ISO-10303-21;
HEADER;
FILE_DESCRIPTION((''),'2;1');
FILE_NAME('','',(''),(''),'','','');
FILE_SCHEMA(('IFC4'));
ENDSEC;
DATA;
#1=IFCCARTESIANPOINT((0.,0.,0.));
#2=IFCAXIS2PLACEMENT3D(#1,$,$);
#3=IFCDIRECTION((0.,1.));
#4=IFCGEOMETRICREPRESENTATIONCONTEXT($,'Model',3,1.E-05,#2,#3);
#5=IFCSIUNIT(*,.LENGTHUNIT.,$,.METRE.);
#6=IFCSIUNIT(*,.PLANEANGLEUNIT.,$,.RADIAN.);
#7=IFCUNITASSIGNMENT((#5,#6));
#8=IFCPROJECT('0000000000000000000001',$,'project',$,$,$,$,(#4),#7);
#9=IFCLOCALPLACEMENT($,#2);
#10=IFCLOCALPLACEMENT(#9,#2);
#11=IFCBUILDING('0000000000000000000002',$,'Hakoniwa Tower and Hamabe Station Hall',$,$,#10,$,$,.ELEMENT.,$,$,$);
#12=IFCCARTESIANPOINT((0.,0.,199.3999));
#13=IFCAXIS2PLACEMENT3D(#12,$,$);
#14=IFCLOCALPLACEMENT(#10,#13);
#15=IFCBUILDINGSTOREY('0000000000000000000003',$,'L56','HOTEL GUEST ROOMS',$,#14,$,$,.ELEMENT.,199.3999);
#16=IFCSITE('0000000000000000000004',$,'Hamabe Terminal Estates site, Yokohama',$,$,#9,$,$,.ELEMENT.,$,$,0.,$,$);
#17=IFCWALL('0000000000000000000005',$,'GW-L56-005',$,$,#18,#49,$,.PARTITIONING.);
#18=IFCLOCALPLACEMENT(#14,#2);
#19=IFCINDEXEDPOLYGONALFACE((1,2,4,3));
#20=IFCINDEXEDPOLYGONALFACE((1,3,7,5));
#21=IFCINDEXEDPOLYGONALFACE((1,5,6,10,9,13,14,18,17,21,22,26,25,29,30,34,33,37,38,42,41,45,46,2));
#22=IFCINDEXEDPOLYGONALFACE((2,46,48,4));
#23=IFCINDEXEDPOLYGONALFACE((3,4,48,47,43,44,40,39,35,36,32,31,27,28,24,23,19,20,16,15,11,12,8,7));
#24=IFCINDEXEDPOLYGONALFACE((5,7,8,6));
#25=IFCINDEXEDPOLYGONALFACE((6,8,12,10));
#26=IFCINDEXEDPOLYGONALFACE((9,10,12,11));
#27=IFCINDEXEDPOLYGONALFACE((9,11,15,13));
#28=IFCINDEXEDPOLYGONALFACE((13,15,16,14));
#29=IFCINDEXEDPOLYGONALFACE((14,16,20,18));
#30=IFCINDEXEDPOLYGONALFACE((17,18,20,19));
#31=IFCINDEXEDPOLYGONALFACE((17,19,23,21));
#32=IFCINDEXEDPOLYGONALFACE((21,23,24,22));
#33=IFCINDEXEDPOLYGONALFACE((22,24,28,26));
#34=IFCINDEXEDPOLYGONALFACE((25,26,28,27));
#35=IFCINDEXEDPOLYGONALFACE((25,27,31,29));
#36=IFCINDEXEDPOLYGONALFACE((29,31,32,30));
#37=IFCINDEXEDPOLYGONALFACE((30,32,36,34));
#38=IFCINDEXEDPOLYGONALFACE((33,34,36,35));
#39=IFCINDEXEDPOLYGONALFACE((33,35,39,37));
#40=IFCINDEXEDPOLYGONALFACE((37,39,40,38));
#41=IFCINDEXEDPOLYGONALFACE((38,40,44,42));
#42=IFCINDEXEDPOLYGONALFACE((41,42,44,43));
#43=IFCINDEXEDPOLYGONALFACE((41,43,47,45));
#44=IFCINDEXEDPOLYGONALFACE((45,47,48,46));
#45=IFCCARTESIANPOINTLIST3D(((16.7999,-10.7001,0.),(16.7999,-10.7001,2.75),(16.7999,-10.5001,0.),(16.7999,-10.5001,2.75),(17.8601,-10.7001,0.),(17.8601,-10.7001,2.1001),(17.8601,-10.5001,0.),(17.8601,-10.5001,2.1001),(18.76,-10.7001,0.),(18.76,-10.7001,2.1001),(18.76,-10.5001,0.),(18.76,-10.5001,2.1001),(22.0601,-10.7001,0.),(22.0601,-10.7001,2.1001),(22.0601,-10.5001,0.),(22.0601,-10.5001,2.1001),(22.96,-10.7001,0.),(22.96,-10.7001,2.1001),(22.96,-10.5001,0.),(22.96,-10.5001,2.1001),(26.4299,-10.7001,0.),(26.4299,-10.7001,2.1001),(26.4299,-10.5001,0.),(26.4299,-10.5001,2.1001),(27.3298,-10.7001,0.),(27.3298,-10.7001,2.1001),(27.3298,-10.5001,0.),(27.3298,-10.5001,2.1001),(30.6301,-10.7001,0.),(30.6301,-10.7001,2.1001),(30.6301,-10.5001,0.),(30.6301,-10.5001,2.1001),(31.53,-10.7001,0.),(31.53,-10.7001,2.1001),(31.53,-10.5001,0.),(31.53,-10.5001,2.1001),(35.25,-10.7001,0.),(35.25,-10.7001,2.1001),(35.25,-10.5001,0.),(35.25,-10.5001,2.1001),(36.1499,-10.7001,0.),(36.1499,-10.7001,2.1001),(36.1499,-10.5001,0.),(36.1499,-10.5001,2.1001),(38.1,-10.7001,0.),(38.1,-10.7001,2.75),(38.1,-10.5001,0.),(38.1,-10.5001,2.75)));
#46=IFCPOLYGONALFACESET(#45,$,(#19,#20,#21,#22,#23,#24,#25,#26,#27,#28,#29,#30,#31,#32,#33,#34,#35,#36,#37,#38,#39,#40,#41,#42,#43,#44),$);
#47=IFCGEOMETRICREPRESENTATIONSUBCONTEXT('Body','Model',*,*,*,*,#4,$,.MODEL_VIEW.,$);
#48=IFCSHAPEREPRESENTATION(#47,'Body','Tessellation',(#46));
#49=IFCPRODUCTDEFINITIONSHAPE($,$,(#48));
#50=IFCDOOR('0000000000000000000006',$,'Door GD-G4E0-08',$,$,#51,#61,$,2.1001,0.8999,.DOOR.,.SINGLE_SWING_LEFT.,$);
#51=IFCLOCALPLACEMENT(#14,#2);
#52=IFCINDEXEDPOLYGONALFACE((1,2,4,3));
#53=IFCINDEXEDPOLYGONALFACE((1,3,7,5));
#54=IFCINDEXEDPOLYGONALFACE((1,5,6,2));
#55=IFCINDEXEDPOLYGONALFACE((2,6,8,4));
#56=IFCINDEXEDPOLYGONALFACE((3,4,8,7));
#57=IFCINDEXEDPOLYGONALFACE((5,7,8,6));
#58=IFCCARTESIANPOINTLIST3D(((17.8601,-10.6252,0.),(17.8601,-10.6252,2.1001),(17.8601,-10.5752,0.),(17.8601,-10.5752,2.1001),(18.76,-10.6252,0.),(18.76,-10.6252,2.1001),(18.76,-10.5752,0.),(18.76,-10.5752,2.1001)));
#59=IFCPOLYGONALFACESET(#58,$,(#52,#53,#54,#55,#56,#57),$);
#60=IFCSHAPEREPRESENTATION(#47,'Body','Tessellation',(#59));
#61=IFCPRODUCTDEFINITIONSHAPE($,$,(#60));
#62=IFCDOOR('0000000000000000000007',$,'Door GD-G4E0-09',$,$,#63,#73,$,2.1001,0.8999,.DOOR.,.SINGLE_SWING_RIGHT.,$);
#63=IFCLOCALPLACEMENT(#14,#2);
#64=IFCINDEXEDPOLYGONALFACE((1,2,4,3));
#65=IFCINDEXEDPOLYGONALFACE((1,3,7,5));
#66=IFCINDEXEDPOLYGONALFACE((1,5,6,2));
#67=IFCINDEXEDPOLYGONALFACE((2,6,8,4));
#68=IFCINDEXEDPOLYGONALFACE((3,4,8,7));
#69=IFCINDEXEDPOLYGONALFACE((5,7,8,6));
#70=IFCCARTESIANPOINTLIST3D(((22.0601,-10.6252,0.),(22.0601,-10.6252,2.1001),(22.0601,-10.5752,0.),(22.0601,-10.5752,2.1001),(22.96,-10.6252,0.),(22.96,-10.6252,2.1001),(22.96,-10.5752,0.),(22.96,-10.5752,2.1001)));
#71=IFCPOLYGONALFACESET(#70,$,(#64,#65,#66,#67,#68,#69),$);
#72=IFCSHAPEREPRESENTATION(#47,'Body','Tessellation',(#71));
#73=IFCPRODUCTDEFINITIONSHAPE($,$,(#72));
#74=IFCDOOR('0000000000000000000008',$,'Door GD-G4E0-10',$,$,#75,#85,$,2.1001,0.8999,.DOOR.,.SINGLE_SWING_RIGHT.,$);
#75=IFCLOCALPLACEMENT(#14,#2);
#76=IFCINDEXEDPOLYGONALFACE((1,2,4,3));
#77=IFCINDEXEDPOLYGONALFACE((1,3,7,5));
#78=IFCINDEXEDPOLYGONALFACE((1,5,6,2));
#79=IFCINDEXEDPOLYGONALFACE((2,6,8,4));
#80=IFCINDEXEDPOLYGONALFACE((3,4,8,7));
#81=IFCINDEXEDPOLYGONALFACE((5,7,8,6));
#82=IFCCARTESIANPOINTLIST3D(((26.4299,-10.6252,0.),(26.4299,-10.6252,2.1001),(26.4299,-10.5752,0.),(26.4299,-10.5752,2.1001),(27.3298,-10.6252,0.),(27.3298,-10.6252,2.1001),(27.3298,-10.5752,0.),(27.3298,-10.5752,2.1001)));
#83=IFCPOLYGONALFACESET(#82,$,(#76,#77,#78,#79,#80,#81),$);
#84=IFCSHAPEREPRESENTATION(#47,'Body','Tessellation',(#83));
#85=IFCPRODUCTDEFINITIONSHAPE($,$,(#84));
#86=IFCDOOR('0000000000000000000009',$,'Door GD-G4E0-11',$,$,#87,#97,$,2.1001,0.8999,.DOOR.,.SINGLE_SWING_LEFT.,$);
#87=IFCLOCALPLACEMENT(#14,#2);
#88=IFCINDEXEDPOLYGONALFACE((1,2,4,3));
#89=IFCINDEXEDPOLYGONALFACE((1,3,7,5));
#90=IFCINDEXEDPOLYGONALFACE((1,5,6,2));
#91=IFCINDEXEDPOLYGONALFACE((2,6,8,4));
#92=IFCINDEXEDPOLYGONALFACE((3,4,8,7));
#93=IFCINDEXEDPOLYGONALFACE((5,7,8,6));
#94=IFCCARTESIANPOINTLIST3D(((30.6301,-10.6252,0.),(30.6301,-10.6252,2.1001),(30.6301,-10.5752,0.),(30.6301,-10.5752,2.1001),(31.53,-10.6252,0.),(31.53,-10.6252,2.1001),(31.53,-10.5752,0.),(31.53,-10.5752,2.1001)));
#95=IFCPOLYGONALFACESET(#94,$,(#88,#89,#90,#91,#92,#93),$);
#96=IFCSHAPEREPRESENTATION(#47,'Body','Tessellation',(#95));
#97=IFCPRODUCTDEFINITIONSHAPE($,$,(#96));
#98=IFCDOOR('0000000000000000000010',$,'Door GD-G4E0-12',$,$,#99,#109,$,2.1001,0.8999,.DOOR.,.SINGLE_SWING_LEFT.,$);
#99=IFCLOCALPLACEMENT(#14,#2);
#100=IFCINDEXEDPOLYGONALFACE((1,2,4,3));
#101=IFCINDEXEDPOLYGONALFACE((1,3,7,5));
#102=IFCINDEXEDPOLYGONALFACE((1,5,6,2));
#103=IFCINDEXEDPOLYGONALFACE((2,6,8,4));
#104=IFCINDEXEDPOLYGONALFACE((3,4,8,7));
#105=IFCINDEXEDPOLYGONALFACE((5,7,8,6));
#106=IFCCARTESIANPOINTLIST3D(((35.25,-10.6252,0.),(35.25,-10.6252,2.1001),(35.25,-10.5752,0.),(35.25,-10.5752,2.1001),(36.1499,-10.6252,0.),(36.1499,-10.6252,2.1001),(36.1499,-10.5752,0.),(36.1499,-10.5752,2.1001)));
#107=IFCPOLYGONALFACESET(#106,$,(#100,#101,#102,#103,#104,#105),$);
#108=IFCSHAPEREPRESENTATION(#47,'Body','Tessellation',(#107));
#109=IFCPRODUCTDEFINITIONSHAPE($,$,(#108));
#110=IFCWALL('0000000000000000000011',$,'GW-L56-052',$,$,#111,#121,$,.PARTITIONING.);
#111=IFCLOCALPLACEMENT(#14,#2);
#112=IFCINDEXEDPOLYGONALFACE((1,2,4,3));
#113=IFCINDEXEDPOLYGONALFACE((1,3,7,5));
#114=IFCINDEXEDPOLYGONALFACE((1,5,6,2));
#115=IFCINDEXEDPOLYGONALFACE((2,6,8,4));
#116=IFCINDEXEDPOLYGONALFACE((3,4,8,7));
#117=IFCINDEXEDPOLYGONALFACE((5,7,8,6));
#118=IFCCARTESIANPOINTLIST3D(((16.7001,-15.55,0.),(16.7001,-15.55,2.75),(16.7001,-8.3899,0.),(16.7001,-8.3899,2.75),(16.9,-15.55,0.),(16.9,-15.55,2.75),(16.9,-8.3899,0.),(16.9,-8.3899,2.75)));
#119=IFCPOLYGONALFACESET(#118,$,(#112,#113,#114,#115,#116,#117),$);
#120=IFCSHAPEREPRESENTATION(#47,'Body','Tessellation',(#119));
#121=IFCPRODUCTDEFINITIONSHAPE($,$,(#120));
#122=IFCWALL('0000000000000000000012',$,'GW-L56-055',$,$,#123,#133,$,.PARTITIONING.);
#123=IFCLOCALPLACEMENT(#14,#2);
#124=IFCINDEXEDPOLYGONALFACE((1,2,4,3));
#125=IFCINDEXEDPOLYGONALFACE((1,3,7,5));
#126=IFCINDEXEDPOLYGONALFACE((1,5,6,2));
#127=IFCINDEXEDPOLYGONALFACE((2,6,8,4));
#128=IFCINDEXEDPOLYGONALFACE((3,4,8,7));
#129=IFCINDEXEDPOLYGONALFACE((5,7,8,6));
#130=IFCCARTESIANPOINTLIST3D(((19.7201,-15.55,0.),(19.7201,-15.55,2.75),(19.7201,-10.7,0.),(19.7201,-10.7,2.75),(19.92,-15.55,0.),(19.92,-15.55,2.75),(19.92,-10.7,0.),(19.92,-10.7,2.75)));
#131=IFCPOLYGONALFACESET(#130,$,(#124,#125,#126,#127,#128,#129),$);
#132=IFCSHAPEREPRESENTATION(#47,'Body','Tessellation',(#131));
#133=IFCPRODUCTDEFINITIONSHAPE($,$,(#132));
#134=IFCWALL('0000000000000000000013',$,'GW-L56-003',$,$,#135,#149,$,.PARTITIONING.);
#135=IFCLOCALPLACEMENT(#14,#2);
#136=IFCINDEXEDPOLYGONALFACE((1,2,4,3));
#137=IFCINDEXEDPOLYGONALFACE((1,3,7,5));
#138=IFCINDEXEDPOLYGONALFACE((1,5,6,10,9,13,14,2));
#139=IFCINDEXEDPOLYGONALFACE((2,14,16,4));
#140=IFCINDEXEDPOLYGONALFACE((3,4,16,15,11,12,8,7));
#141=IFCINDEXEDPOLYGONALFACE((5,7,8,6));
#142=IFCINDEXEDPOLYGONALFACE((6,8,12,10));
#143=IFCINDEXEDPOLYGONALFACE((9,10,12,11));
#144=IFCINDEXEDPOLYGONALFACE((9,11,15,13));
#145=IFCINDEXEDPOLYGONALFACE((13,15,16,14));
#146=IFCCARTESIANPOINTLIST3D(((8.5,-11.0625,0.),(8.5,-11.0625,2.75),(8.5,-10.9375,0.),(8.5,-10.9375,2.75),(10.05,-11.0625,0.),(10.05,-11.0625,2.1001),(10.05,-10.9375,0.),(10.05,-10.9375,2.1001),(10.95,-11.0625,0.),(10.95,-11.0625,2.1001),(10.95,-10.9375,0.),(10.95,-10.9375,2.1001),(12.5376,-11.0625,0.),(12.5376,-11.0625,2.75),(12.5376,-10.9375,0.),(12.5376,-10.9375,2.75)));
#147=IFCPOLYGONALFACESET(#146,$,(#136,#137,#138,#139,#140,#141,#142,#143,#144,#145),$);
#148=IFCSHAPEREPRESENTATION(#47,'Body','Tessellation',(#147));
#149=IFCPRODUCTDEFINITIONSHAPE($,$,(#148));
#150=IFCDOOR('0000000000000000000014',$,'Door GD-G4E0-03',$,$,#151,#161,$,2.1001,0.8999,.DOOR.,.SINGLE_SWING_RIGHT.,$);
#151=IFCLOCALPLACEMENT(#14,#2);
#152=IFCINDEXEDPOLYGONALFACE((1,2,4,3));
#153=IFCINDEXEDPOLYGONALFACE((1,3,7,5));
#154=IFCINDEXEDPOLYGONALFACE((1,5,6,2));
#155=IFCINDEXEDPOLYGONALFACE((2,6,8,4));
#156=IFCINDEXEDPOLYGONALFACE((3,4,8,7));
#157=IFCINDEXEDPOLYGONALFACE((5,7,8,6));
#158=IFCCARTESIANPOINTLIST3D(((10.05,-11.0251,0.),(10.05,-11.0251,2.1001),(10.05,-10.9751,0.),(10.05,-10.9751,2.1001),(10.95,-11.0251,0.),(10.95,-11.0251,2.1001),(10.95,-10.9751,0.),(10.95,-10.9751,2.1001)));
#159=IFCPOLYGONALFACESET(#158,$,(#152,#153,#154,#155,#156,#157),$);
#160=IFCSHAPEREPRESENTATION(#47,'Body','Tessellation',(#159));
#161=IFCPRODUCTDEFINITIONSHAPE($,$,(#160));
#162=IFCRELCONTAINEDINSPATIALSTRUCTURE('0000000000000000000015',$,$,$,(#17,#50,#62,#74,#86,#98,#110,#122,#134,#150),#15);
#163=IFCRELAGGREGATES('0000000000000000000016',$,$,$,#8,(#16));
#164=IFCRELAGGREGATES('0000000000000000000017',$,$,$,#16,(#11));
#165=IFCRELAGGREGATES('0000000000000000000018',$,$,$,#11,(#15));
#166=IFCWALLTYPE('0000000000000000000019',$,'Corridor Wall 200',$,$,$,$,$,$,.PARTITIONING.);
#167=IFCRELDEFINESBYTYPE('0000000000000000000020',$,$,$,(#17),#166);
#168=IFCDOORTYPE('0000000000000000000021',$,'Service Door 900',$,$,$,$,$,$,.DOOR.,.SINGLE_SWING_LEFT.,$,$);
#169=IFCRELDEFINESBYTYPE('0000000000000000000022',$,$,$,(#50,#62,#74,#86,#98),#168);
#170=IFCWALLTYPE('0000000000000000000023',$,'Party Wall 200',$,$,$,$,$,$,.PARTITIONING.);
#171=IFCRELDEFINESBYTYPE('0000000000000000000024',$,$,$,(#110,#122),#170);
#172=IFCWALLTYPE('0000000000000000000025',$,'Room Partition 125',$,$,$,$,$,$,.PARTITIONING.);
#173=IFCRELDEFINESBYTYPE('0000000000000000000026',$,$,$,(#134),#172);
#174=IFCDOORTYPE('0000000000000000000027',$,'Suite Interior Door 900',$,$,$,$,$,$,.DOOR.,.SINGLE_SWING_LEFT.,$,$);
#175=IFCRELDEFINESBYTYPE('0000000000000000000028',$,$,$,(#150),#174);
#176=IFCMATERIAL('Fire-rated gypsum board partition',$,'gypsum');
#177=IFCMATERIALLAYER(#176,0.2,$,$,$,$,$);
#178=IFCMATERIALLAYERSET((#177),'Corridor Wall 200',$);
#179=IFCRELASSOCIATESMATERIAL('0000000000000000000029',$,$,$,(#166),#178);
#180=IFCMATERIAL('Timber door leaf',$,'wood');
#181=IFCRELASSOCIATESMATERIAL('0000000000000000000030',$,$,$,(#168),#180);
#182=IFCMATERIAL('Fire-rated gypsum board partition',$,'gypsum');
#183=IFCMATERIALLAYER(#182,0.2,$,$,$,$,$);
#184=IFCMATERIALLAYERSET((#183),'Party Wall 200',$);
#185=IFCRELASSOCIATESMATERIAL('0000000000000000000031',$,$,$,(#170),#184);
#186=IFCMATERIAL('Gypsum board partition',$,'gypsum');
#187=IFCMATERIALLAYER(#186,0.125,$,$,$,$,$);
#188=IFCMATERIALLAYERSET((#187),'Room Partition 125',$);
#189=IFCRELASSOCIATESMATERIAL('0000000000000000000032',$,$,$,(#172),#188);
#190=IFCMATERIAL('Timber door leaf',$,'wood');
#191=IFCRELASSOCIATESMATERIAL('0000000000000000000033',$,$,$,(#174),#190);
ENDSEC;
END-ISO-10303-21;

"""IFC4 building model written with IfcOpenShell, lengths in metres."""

from ifc_helpers import new_model, si_unit, direction, frame, frame_2d, origin, place, context, subcontext, project, spatial, rectangle, extrude, material, layer, layer_set, type_object, element, fill, save


model = new_model("IFC4")

# Units and contexts
model_context = context("Model", 3, precision=1e-05, world=origin(), true_north=direction((0.0, 1.0)))
body_context = subcontext(model_context, "Body", "Model", "MODEL_VIEW")
ifc_project = project(units=[si_unit("LENGTHUNIT", "METRE"), si_unit("PLANEANGLEUNIT", "RADIAN")], contexts=[model_context])

# Site, building, storey
site_placement = place(None, origin())
site = spatial("IfcSite", under=ifc_project, at=site_placement, Name="Hamabe Terminal Estates site, Yokohama", CompositionType="ELEMENT", RefElevation=0.0)
building_placement = place(site_placement, origin())
building = spatial("IfcBuilding", under=site, at=building_placement, Name="Hakoniwa Tower and Hamabe Station Hall", CompositionType="ELEMENT")
storey_placement = place(building_placement, frame((0.0, 0.0, 199.3999)))
storey = spatial("IfcBuildingStorey", under=building, at=storey_placement, Name="L56", Description="HOTEL GUEST ROOMS", CompositionType="ELEMENT", Elevation=199.3999)

# Wall, openings, doors
ifc_material_1 = material(Name="Fire-rated gypsum board partition", Category="gypsum")
ifc_layer_1 = layer(ifc_material_1, 0.2)
ifc_layer_set_1 = layer_set([ifc_layer_1], Name="Corridor Wall 200")
wall_type_1 = type_object("IfcWallType", Name="Corridor Wall 200", PredefinedType="PARTITIONING", material=ifc_layer_set_1)
wall_1_placement = place(storey_placement, frame((16.8, -10.6001, 0.0), z_axis=(0.0, 0.0, 1.0), x_axis=(1.0, 0.0, 0.0)))
wall_1 = element("IfcWall", 1, at=wall_1_placement, inside=storey, type_object=wall_type_1, Name="GW-L56-005", PredefinedType="PARTITIONING", context=body_context, shape_type="SweptSolid", body=[
    extrude(rectangle(XDim=21.3, YDim=0.2, at=frame_2d((10.6499, 0.0))), origin(), (0.0, 0.0, 1.0), 2.75),
])
opening_1_placement = place(wall_1_placement, frame((1.0601, 0.0, 0.0)))
opening_1 = element("IfcOpeningElement", 2, at=opening_1_placement, cuts=wall_1, PredefinedType="OPENING", context=body_context, shape_type="SweptSolid", body=[
    extrude(rectangle(XDim=0.8999, YDim=2.1001, at=frame_2d((0.45, 1.05))), frame((0.0, 0.1099, 0.0), z_axis=(0.0, -1.0, 0.0), x_axis=(1.0, 0.0, 0.0)), (0.0, 0.0, 1.0), 0.22),
])
opening_2_placement = place(wall_1_placement, frame((5.26, 0.0, 0.0)))
opening_2 = element("IfcOpeningElement", 3, at=opening_2_placement, cuts=wall_1, PredefinedType="OPENING", context=body_context, shape_type="SweptSolid", body=[
    extrude(rectangle(XDim=0.8999, YDim=2.1001, at=frame_2d((0.45, 1.05))), frame((0.0, 0.1099, 0.0), z_axis=(0.0, -1.0, 0.0), x_axis=(1.0, 0.0, 0.0)), (0.0, 0.0, 1.0), 0.22),
])
opening_3_placement = place(wall_1_placement, frame((9.6299, 0.0, 0.0)))
opening_3 = element("IfcOpeningElement", 4, at=opening_3_placement, cuts=wall_1, PredefinedType="OPENING", context=body_context, shape_type="SweptSolid", body=[
    extrude(rectangle(XDim=0.8999, YDim=2.1001, at=frame_2d((0.45, 1.05))), frame((0.0, 0.1099, 0.0), z_axis=(0.0, -1.0, 0.0), x_axis=(1.0, 0.0, 0.0)), (0.0, 0.0, 1.0), 0.22),
])
opening_4_placement = place(wall_1_placement, frame((13.8301, 0.0, 0.0)))
opening_4 = element("IfcOpeningElement", 5, at=opening_4_placement, cuts=wall_1, PredefinedType="OPENING", context=body_context, shape_type="SweptSolid", body=[
    extrude(rectangle(XDim=0.8999, YDim=2.1001, at=frame_2d((0.45, 1.05))), frame((0.0, 0.1099, 0.0), z_axis=(0.0, -1.0, 0.0), x_axis=(1.0, 0.0, 0.0)), (0.0, 0.0, 1.0), 0.22),
])
opening_5_placement = place(wall_1_placement, frame((18.45, 0.0, 0.0)))
opening_5 = element("IfcOpeningElement", 6, at=opening_5_placement, cuts=wall_1, PredefinedType="OPENING", context=body_context, shape_type="SweptSolid", body=[
    extrude(rectangle(XDim=0.8999, YDim=2.1001, at=frame_2d((0.45, 1.05))), frame((0.0, 0.1099, 0.0), z_axis=(0.0, -1.0, 0.0), x_axis=(1.0, 0.0, 0.0)), (0.0, 0.0, 1.0), 0.22),
])
ifc_material_2 = material(Name="Timber door leaf", Category="wood")
door_type_1 = type_object("IfcDoorType", Name="Service Door 900", OperationType="SINGLE_SWING_LEFT", PredefinedType="DOOR", material=ifc_material_2)
door_1_placement = place(opening_1_placement, origin())
door_1 = element("IfcDoor", 7, at=door_1_placement, inside=storey, type_object=door_type_1, Name="Door GD-G4E0-08", OperationType="SINGLE_SWING_LEFT", OverallHeight=2.1001, OverallWidth=0.8999, PredefinedType="DOOR", context=body_context, shape_type="SweptSolid", body=[
    extrude(rectangle(XDim=0.8999, YDim=2.1001, at=frame_2d((0.45, 1.05))), frame((0.0, 0.0249, 0.0), z_axis=(0.0, -1.0, 0.0), x_axis=(1.0, 0.0, 0.0)), (0.0, 0.0, 1.0), 0.05),
])
fill(opening_1, door_1)
door_2_placement = place(opening_2_placement, origin())
door_2 = element("IfcDoor", 8, at=door_2_placement, inside=storey, type_object=door_type_1, Name="Door GD-G4E0-09", OperationType="SINGLE_SWING_RIGHT", OverallHeight=2.1001, OverallWidth=0.8999, PredefinedType="DOOR", context=body_context, shape_type="SweptSolid", body=[
    extrude(rectangle(XDim=0.8999, YDim=2.1001, at=frame_2d((0.45, 1.05))), frame((0.0, 0.0249, 0.0), z_axis=(0.0, -1.0, 0.0), x_axis=(1.0, 0.0, 0.0)), (0.0, 0.0, 1.0), 0.05),
])
fill(opening_2, door_2)
door_3_placement = place(opening_3_placement, origin())
door_3 = element("IfcDoor", 9, at=door_3_placement, inside=storey, type_object=door_type_1, Name="Door GD-G4E0-10", OperationType="SINGLE_SWING_RIGHT", OverallHeight=2.1001, OverallWidth=0.8999, PredefinedType="DOOR", context=body_context, shape_type="SweptSolid", body=[
    extrude(rectangle(XDim=0.8999, YDim=2.1001, at=frame_2d((0.45, 1.05))), frame((0.0, 0.0249, 0.0), z_axis=(0.0, -1.0, 0.0), x_axis=(1.0, 0.0, 0.0)), (0.0, 0.0, 1.0), 0.05),
])
fill(opening_3, door_3)
door_4_placement = place(opening_4_placement, origin())
door_4 = element("IfcDoor", 10, at=door_4_placement, inside=storey, type_object=door_type_1, Name="Door GD-G4E0-11", OperationType="SINGLE_SWING_LEFT", OverallHeight=2.1001, OverallWidth=0.8999, PredefinedType="DOOR", context=body_context, shape_type="SweptSolid", body=[
    extrude(rectangle(XDim=0.8999, YDim=2.1001, at=frame_2d((0.45, 1.05))), frame((0.0, 0.0249, 0.0), z_axis=(0.0, -1.0, 0.0), x_axis=(1.0, 0.0, 0.0)), (0.0, 0.0, 1.0), 0.05),
])
fill(opening_4, door_4)
door_5_placement = place(opening_5_placement, origin())
door_5 = element("IfcDoor", 11, at=door_5_placement, inside=storey, type_object=door_type_1, Name="Door GD-G4E0-12", OperationType="SINGLE_SWING_LEFT", OverallHeight=2.1001, OverallWidth=0.8999, PredefinedType="DOOR", context=body_context, shape_type="SweptSolid", body=[
    extrude(rectangle(XDim=0.8999, YDim=2.1001, at=frame_2d((0.45, 1.05))), frame((0.0, 0.0249, 0.0), z_axis=(0.0, -1.0, 0.0), x_axis=(1.0, 0.0, 0.0)), (0.0, 0.0, 1.0), 0.05),
])
fill(opening_5, door_5)

# Walls
ifc_material_3 = material(Name="Fire-rated gypsum board partition", Category="gypsum")
ifc_layer_2 = layer(ifc_material_3, 0.2)
ifc_layer_set_2 = layer_set([ifc_layer_2], Name="Party Wall 200")
wall_type_2 = type_object("IfcWallType", Name="Party Wall 200", PredefinedType="PARTITIONING", material=ifc_layer_set_2)
wall_2_placement = place(storey_placement, frame((16.8, -15.55, 0.0), z_axis=(0.0, 0.0, 1.0), x_axis=(0.0, 1.0, 0.0)))
element("IfcWall", 12, at=wall_2_placement, inside=storey, type_object=wall_type_2, Name="GW-L56-052", PredefinedType="PARTITIONING", context=body_context, shape_type="SweptSolid", body=[
    extrude(rectangle(XDim=7.1602, YDim=0.2, at=frame_2d((3.5801, 0.0))), origin(), (0.0, 0.0, 1.0), 2.75),
])
wall_3_placement = place(storey_placement, frame((19.8201, -15.55, 0.0), z_axis=(0.0, 0.0, 1.0), x_axis=(0.0, 1.0, 0.0)))
element("IfcWall", 13, at=wall_3_placement, inside=storey, type_object=wall_type_2, Name="GW-L56-055", PredefinedType="PARTITIONING", context=body_context, shape_type="SweptSolid", body=[
    extrude(rectangle(XDim=4.8501, YDim=0.2, at=frame_2d((2.425, 0.0))), origin(), (0.0, 0.0, 1.0), 2.75),
])

# Wall, opening, door
ifc_material_4 = material(Name="Gypsum board partition", Category="gypsum")
ifc_layer_3 = layer(ifc_material_4, 0.125)
ifc_layer_set_3 = layer_set([ifc_layer_3], Name="Room Partition 125")
wall_type_3 = type_object("IfcWallType", Name="Room Partition 125", PredefinedType="PARTITIONING", material=ifc_layer_set_3)
wall_4_placement = place(storey_placement, frame((8.5, -11.0, 0.0), z_axis=(0.0, 0.0, 1.0), x_axis=(1.0, 0.0, 0.0)))
wall_4 = element("IfcWall", 14, at=wall_4_placement, inside=storey, type_object=wall_type_3, Name="GW-L56-003", PredefinedType="PARTITIONING", context=body_context, shape_type="SweptSolid", body=[
    extrude(rectangle(XDim=4.0376, YDim=0.125, at=frame_2d((2.0188, 0.0))), origin(), (0.0, 0.0, 1.0), 2.75),
])
opening_6_placement = place(wall_4_placement, frame((1.55, 0.0, 0.0)))
opening_6 = element("IfcOpeningElement", 15, at=opening_6_placement, cuts=wall_4, PredefinedType="OPENING", context=body_context, shape_type="SweptSolid", body=[
    extrude(rectangle(XDim=0.8999, YDim=2.1001, at=frame_2d((0.45, 1.05))), frame((0.0, 0.0725, 0.0), z_axis=(0.0, -1.0, 0.0), x_axis=(1.0, 0.0, 0.0)), (0.0, 0.0, 1.0), 0.145),
])
ifc_material_5 = material(Name="Timber door leaf", Category="wood")
door_type_2 = type_object("IfcDoorType", Name="Suite Interior Door 900", OperationType="SINGLE_SWING_LEFT", PredefinedType="DOOR", material=ifc_material_5)
door_6_placement = place(opening_6_placement, origin())
door_6 = element("IfcDoor", 16, at=door_6_placement, inside=storey, type_object=door_type_2, Name="Door GD-G4E0-03", OperationType="SINGLE_SWING_RIGHT", OverallHeight=2.1001, OverallWidth=0.8999, PredefinedType="DOOR", context=body_context, shape_type="SweptSolid", body=[
    extrude(rectangle(XDim=0.8999, YDim=2.1001, at=frame_2d((0.45, 1.05))), frame((0.0, 0.0249, 0.0), z_axis=(0.0, -1.0, 0.0), x_axis=(1.0, 0.0, 0.0)), (0.0, 0.0, 1.0), 0.05),
])
fill(opening_6, door_6)

save(model, "model.ifc")
